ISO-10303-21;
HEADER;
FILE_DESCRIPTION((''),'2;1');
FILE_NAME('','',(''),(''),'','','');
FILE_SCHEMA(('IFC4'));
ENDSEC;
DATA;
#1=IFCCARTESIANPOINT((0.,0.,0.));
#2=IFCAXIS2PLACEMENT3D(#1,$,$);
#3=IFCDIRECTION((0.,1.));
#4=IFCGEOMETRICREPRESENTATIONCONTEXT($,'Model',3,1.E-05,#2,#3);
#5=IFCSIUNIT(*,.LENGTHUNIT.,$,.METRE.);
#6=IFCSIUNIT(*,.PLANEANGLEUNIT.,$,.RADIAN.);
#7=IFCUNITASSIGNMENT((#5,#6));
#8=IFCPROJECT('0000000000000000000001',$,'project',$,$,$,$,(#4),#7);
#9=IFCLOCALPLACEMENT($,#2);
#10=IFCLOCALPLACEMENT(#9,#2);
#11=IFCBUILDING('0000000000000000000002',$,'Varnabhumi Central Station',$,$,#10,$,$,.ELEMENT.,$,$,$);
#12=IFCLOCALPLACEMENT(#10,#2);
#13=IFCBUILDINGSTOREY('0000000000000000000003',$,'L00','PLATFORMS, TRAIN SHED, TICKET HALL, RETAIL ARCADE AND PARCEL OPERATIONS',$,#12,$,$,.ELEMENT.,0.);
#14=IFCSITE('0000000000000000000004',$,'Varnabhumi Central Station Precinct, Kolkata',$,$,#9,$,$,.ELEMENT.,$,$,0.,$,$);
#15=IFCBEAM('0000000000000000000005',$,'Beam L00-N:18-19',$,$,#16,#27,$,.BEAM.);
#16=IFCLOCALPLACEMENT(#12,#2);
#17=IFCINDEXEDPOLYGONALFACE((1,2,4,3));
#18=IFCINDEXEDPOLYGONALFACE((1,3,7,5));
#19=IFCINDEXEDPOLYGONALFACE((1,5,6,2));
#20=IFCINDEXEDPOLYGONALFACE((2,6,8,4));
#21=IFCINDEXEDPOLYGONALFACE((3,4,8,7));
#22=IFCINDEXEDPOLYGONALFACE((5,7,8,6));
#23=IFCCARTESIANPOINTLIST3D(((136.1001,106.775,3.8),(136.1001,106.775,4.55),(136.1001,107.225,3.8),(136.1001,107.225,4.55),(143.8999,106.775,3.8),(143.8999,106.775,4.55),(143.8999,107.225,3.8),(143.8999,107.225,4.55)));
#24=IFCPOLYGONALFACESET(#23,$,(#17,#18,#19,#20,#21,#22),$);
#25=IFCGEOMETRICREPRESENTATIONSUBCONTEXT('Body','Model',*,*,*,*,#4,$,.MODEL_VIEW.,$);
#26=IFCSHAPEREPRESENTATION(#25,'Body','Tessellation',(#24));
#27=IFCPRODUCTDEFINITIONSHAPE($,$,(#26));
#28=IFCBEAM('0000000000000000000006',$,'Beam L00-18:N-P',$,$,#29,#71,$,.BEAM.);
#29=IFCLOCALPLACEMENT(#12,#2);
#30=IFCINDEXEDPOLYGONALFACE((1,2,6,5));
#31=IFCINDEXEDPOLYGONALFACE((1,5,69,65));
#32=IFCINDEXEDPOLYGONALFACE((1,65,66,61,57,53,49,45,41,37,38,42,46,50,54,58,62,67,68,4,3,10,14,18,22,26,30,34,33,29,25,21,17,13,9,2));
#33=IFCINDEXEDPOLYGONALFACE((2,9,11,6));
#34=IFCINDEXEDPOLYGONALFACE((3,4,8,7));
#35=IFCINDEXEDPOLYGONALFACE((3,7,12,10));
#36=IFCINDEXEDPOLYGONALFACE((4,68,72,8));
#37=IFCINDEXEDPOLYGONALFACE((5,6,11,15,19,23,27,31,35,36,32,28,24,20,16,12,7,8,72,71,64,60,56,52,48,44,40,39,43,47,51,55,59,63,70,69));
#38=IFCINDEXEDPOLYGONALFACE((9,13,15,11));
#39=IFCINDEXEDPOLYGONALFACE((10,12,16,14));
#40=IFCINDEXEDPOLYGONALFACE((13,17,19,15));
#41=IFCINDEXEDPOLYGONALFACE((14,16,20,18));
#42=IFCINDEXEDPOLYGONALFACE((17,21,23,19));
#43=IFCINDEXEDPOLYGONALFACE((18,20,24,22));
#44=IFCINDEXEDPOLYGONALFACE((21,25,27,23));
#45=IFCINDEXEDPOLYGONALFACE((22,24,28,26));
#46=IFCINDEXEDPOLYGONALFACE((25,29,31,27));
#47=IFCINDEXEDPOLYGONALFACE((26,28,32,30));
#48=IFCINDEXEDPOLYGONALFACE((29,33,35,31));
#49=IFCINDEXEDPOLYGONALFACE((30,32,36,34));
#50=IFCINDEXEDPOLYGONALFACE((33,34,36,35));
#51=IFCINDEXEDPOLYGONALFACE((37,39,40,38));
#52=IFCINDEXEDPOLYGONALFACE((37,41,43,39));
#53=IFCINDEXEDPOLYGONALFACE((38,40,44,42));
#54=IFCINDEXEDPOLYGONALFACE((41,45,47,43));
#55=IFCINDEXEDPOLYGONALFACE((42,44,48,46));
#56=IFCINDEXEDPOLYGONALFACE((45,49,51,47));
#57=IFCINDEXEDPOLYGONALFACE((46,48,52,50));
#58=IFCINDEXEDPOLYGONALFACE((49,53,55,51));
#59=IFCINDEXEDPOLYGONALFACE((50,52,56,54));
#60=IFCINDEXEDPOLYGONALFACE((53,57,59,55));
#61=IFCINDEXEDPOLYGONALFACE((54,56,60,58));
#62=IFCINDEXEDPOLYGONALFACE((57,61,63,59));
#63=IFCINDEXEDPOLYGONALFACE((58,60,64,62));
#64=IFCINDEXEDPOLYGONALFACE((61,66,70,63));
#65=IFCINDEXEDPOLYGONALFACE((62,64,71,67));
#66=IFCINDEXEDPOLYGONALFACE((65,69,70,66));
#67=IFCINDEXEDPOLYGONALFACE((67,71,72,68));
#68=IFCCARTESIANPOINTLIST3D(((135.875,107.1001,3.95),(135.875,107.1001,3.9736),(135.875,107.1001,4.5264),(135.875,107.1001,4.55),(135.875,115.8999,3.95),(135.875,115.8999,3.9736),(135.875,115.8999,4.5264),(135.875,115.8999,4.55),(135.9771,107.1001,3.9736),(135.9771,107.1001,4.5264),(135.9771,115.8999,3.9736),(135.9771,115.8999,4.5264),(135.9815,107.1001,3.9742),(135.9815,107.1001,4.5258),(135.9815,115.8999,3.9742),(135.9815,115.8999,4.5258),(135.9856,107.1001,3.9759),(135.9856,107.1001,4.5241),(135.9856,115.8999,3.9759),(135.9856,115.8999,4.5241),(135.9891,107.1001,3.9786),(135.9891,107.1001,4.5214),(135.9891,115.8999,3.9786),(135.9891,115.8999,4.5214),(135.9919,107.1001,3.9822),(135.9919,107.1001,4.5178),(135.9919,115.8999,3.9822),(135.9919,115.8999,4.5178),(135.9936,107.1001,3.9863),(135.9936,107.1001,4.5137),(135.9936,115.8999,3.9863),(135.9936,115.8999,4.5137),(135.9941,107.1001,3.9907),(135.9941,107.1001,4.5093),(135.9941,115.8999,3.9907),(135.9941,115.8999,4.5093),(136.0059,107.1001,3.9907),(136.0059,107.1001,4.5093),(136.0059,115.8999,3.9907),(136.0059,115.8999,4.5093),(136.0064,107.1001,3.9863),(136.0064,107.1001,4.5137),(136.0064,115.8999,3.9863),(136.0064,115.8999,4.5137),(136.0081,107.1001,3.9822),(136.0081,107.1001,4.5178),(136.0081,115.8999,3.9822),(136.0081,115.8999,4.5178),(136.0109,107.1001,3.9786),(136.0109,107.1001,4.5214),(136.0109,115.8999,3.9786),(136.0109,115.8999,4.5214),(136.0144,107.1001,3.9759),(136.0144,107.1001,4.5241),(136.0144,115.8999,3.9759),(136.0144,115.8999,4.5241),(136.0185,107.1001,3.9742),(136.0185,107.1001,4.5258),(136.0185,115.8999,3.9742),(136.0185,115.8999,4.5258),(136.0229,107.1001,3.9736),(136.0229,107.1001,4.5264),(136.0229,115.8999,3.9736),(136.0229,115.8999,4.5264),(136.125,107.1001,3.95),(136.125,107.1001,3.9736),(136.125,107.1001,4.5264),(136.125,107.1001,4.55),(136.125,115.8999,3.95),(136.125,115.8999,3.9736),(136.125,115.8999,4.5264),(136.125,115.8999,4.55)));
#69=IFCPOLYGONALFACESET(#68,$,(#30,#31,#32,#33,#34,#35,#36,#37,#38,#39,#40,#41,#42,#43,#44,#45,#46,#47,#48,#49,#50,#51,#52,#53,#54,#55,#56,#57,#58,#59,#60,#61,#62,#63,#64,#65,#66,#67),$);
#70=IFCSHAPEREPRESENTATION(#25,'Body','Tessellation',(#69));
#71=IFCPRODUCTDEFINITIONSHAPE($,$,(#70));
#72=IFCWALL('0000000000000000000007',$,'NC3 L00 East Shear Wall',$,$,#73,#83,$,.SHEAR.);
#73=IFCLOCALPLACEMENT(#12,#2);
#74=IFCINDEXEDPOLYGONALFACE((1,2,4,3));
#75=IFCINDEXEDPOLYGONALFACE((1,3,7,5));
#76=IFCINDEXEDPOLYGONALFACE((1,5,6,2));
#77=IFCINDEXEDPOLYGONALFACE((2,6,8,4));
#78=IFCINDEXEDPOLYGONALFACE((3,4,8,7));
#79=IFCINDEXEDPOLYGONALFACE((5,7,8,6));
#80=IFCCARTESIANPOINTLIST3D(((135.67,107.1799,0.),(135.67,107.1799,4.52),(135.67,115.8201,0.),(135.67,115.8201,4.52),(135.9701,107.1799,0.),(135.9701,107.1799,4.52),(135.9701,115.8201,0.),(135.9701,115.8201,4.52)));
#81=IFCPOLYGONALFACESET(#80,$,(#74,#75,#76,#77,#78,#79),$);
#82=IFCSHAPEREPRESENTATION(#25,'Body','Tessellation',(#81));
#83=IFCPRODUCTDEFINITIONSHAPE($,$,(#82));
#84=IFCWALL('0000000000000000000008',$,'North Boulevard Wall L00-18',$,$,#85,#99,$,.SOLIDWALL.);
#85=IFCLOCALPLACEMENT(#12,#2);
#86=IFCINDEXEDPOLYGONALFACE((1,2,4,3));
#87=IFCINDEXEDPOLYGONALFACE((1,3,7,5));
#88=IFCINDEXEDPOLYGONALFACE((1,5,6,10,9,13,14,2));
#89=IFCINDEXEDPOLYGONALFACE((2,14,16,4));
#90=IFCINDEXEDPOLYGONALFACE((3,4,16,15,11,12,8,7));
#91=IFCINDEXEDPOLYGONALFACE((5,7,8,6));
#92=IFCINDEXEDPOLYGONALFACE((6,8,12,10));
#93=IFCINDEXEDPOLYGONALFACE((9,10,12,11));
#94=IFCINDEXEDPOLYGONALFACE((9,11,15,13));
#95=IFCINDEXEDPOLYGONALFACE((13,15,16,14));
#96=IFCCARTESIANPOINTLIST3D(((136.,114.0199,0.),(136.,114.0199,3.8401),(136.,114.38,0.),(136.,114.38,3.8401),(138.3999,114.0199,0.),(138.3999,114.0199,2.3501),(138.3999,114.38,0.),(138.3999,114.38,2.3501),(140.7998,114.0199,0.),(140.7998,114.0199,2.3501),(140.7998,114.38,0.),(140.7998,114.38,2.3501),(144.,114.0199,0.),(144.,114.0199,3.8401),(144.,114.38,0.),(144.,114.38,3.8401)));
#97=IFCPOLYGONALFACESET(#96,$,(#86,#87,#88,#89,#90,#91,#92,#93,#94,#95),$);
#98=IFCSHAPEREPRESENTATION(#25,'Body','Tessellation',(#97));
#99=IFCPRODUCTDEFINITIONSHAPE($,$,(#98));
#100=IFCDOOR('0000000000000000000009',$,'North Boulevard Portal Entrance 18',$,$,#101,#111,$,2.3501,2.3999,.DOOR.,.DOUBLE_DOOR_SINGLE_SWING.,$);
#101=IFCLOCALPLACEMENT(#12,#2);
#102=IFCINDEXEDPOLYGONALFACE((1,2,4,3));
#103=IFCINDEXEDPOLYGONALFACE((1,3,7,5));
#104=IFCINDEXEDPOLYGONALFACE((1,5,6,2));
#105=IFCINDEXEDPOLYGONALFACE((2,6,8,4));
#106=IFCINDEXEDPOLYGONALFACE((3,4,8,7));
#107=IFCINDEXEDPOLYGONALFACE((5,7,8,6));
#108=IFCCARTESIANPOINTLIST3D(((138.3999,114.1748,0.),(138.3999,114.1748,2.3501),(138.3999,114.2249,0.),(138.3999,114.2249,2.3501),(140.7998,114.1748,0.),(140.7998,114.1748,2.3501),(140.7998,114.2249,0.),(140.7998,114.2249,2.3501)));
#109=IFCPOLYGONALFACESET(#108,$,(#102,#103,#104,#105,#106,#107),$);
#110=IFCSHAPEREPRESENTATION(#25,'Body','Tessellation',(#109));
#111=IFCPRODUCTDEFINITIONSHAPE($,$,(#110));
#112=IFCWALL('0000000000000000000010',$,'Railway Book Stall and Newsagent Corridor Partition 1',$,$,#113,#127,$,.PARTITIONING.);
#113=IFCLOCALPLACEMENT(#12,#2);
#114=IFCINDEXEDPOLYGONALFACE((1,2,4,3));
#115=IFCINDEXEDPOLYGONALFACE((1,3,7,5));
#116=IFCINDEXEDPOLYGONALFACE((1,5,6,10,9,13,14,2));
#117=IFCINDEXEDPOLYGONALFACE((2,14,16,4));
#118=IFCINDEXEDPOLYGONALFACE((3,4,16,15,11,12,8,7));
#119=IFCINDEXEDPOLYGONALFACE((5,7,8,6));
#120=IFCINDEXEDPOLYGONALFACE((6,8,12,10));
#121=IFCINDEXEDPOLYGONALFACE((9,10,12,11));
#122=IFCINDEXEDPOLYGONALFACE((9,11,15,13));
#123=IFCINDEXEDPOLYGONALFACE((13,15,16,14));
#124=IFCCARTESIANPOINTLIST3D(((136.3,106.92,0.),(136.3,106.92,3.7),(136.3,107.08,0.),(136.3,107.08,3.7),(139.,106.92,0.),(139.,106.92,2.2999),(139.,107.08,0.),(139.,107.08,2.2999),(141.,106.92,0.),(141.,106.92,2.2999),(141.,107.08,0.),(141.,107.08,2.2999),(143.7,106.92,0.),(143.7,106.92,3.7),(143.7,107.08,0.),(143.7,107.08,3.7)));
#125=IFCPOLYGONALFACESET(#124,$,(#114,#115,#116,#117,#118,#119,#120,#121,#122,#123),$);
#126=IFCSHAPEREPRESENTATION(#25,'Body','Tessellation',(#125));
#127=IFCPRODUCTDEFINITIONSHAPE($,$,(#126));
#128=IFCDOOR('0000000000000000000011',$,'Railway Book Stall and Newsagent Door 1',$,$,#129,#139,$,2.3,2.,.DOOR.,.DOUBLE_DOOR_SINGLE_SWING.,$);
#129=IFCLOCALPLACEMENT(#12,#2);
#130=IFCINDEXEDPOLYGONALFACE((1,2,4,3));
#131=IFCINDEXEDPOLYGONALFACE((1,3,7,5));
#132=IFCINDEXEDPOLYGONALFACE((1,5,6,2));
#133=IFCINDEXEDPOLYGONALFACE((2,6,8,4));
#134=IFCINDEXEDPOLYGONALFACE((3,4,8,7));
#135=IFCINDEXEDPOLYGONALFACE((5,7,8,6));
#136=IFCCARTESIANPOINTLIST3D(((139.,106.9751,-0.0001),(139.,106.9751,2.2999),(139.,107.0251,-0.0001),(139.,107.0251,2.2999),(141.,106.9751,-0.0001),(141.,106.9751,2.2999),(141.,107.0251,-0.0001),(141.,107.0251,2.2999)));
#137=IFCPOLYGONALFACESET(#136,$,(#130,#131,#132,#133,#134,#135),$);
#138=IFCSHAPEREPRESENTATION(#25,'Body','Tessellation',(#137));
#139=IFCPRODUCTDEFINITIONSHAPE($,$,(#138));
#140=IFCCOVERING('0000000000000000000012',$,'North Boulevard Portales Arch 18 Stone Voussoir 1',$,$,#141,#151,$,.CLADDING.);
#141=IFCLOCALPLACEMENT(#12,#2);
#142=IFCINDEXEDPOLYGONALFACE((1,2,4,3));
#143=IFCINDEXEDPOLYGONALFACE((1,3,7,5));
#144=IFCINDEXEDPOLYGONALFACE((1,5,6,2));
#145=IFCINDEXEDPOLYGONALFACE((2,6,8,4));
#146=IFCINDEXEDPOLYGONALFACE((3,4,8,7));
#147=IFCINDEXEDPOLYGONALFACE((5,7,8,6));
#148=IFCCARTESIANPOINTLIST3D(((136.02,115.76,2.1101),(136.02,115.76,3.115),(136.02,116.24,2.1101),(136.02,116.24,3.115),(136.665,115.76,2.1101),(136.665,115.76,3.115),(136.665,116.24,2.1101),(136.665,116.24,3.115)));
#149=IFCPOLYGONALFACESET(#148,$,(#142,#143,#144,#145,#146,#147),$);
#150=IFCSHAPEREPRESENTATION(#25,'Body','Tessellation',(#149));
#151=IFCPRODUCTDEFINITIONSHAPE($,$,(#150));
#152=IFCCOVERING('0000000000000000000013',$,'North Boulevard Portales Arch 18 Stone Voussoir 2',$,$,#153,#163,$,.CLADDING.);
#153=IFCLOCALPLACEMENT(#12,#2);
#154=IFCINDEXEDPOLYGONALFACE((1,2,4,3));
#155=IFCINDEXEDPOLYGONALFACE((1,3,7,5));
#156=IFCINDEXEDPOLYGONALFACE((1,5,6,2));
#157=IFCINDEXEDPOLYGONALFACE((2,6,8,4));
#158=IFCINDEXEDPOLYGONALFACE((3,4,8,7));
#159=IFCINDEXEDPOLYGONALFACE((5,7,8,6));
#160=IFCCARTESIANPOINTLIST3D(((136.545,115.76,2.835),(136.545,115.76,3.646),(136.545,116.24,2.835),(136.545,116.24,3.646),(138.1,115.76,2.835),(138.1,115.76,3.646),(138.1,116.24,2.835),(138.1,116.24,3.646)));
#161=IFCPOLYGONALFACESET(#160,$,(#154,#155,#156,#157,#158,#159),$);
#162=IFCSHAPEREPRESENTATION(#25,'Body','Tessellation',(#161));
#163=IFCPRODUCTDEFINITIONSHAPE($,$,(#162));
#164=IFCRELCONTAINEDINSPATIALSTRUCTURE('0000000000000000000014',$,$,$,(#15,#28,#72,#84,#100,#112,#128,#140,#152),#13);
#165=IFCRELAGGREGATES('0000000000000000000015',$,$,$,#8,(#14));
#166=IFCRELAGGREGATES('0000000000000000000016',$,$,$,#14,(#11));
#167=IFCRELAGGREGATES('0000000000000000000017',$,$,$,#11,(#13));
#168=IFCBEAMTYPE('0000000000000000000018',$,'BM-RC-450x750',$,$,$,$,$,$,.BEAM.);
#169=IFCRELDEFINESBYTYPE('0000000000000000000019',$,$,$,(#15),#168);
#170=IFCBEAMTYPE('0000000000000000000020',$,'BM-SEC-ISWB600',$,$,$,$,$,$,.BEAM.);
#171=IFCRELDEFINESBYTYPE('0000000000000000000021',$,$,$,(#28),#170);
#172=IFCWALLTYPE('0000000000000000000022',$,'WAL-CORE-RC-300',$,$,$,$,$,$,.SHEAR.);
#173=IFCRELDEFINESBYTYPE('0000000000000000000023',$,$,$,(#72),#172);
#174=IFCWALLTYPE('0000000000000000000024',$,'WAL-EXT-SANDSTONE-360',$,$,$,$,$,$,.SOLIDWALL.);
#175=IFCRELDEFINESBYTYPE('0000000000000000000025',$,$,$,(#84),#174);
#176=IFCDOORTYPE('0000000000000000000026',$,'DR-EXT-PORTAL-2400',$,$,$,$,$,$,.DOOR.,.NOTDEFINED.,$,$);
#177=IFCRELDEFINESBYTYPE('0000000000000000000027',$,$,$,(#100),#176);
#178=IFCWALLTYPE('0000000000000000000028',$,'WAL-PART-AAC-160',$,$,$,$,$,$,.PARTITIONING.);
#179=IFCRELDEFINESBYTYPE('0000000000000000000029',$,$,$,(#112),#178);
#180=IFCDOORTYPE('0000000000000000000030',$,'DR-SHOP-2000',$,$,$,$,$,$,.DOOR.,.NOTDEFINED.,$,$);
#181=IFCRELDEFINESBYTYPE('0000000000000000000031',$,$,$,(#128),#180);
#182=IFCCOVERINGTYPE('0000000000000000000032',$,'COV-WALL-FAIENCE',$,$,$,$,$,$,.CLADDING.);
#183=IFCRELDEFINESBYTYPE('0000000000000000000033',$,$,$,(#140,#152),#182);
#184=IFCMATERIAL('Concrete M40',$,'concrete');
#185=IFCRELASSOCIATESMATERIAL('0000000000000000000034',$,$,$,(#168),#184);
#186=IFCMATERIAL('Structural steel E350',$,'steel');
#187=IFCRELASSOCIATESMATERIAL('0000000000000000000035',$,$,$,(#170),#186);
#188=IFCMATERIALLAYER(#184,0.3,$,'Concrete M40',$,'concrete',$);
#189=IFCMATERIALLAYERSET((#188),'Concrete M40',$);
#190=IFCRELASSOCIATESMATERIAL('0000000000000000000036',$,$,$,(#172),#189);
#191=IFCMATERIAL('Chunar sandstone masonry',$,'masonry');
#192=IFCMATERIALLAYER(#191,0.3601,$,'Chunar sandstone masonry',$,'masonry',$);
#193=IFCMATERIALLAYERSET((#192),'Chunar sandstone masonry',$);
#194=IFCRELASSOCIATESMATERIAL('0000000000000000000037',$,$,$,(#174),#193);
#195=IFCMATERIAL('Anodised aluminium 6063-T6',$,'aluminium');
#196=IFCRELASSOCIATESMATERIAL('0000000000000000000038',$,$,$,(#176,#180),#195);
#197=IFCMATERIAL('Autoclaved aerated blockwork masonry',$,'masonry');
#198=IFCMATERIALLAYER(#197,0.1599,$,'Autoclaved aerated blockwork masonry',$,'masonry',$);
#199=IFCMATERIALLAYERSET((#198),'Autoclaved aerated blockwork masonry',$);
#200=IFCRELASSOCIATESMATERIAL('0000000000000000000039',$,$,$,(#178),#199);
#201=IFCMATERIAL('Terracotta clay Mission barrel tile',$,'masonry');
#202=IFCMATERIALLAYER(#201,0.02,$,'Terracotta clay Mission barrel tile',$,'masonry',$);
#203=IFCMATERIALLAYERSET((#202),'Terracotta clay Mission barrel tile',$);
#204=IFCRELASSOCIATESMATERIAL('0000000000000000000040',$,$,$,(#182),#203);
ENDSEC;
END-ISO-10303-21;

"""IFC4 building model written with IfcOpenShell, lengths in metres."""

from ifc_helpers import new_model, si_unit, direction, frame, frame_2d, origin, origin_2d, place, context, subcontext, project, spatial, rectangle, i_section, extrude, material, layer, layer_set, material_profile, profile_set, type_object, element, fill, save


model = new_model("IFC4")

# Units and contexts
model_context = context("Model", 3, precision=1e-05, world=origin(), true_north=direction((0.0, 1.0)))
body_context = subcontext(model_context, "Body", "Model", "MODEL_VIEW")
ifc_project = project(units=[si_unit("LENGTHUNIT", "METRE"), si_unit("PLANEANGLEUNIT", "RADIAN")], contexts=[model_context])

# Site, building, storey
site_placement = place(None, origin())
site = spatial("IfcSite", under=ifc_project, at=site_placement, Name="Varnabhumi Central Station Precinct, Kolkata", CompositionType="ELEMENT", RefElevation=0.0)
building_placement = place(site_placement, origin())
building = spatial("IfcBuilding", under=site, at=building_placement, Name="Varnabhumi Central Station", CompositionType="ELEMENT")
storey_placement = place(building_placement, origin())
storey = spatial("IfcBuildingStorey", under=building, at=storey_placement, Name="L00", Description="PLATFORMS, TRAIN SHED, TICKET HALL, RETAIL ARCADE AND PARCEL OPERATIONS", CompositionType="ELEMENT", Elevation=0.0)

# Shared definitions
ifc_material_1 = material(Name="Concrete M40", Category="concrete")

# Beams
ifc_material_profile_1 = material_profile(ifc_material_1, rectangle(XDim=0.45, YDim=0.75, at=origin_2d()), Name="Concrete M40", Category="concrete")
ifc_profile_set_1 = profile_set([ifc_material_profile_1], Name="Concrete M40")
beam_type_1 = type_object("IfcBeamType", Name="BM-RC-450x750", PredefinedType="BEAM", material=ifc_profile_set_1)
beam_1_placement = place(storey_placement, frame((136.1001, 107.0, 4.175), z_axis=(1.0, 0.0, 0.0), x_axis=(0.0, 1.0, 0.0)))
element("IfcBeam", 1, at=beam_1_placement, inside=storey, type_object=beam_type_1, Name="Beam L00-N:18-19", PredefinedType="BEAM", context=body_context, shape_type="SweptSolid", body=[
    extrude(rectangle(XDim=0.45, YDim=0.75, at=origin_2d()), origin(), (0.0, 0.0, 1.0), 7.7998),
])
ifc_material_2 = material(Name="Structural steel E350", Category="steel")
ifc_material_profile_2 = material_profile(ifc_material_2, i_section(OverallWidth=0.25, OverallDepth=0.6001, WebThickness=0.0117, FlangeThickness=0.0237, FilletRadius=0.0171, at=origin_2d()), Name="Structural steel E350", Category="steel")
ifc_profile_set_2 = profile_set([ifc_material_profile_2], Name="Structural steel E350")
beam_type_2 = type_object("IfcBeamType", Name="BM-SEC-ISWB600", PredefinedType="BEAM", material=ifc_profile_set_2)
beam_2_placement = place(storey_placement, frame((136.0, 107.1001, 4.25), z_axis=(0.0, 1.0, 0.0), x_axis=(-1.0, 0.0, 0.0)))
element("IfcBeam", 2, at=beam_2_placement, inside=storey, type_object=beam_type_2, Name="Beam L00-18:N-P", PredefinedType="BEAM", context=body_context, shape_type="SweptSolid", body=[
    extrude(i_section(OverallWidth=0.25, OverallDepth=0.6001, WebThickness=0.0117, FlangeThickness=0.0237, FilletRadius=0.0171, at=origin_2d()), origin(), (0.0, 0.0, 1.0), 8.7998),
])

# Wall
ifc_layer_1 = layer(ifc_material_1, 0.3, Name="Concrete M40", Category="concrete")
ifc_layer_set_1 = layer_set([ifc_layer_1], Name="Concrete M40")
wall_type_1 = type_object("IfcWallType", Name="WAL-CORE-RC-300", PredefinedType="SHEAR", material=ifc_layer_set_1)
wall_1_placement = place(storey_placement, frame((135.8201, 107.1799, 0.0), z_axis=(0.0, 0.0, 1.0), x_axis=(0.0, 1.0, 0.0)))
element("IfcWall", 3, at=wall_1_placement, inside=storey, type_object=wall_type_1, Name="NC3 L00 East Shear Wall", PredefinedType="SHEAR", context=body_context, shape_type="SweptSolid", body=[
    extrude(rectangle(XDim=8.6401, YDim=0.3, at=frame_2d((4.3201, 0.0))), origin(), (0.0, 0.0, 1.0), 4.52),
])

# Walls, openings, doors
ifc_material_3 = material(Name="Chunar sandstone masonry", Category="masonry")
ifc_layer_2 = layer(ifc_material_3, 0.3601, Name="Chunar sandstone masonry", Category="masonry")
ifc_layer_set_2 = layer_set([ifc_layer_2], Name="Chunar sandstone masonry")
wall_type_2 = type_object("IfcWallType", Name="WAL-EXT-SANDSTONE-360", PredefinedType="SOLIDWALL", material=ifc_layer_set_2)
wall_2_placement = place(storey_placement, frame((136.0, 114.2, 0.0), z_axis=(0.0, 0.0, 1.0), x_axis=(1.0, 0.0, 0.0)))
wall_2 = element("IfcWall", 4, at=wall_2_placement, inside=storey, type_object=wall_type_2, Name="North Boulevard Wall L00-18", PredefinedType="SOLIDWALL", context=body_context, shape_type="SweptSolid", body=[
    extrude(rectangle(XDim=8.0, YDim=0.3601, at=frame_2d((4.0, 0.0))), origin(), (0.0, 0.0, 1.0), 3.8401),
])
opening_1_placement = place(wall_2_placement, frame((2.3999, 0.0, 0.0)))
opening_1 = element("IfcOpeningElement", 5, at=opening_1_placement, cuts=wall_2, PredefinedType="OPENING", context=body_context, shape_type="SweptSolid", body=[
    extrude(rectangle(XDim=2.3999, YDim=2.3501, at=frame_2d((1.2, 1.175))), frame((0.0, 0.1899, 0.0), z_axis=(0.0, -1.0, 0.0), x_axis=(1.0, 0.0, 0.0)), (0.0, 0.0, 1.0), 0.3801),
])
ifc_material_4 = material(Name="Anodised aluminium 6063-T6", Category="aluminium")
door_type_1 = type_object("IfcDoorType", Name="DR-EXT-PORTAL-2400", OperationType="NOTDEFINED", PredefinedType="DOOR", material=ifc_material_4)
door_1_placement = place(opening_1_placement, origin())
door_1 = element("IfcDoor", 6, at=door_1_placement, inside=storey, type_object=door_type_1, Name="North Boulevard Portal Entrance 18", OperationType="DOUBLE_DOOR_SINGLE_SWING", OverallHeight=2.3501, OverallWidth=2.3999, PredefinedType="DOOR", context=body_context, shape_type="SweptSolid", body=[
    extrude(rectangle(XDim=2.3999, YDim=2.3501, at=frame_2d((1.2, 1.175))), frame((0.0, 0.0249, 0.0), z_axis=(0.0, -1.0, 0.0), x_axis=(1.0, 0.0, 0.0)), (0.0, 0.0, 1.0), 0.05),
])
fill(opening_1, door_1)
ifc_material_5 = material(Name="Autoclaved aerated blockwork masonry", Category="masonry")
ifc_layer_3 = layer(ifc_material_5, 0.1599, Name="Autoclaved aerated blockwork masonry", Category="masonry")
ifc_layer_set_3 = layer_set([ifc_layer_3], Name="Autoclaved aerated blockwork masonry")
wall_type_3 = type_object("IfcWallType", Name="WAL-PART-AAC-160", PredefinedType="PARTITIONING", material=ifc_layer_set_3)
wall_3_placement = place(storey_placement, frame((136.3, 107.0, 0.0), z_axis=(0.0, 0.0, 1.0), x_axis=(1.0, 0.0, 0.0)))
wall_3 = element("IfcWall", 7, at=wall_3_placement, inside=storey, type_object=wall_type_3, Name="Railway Book Stall and Newsagent Corridor Partition 1", PredefinedType="PARTITIONING", context=body_context, shape_type="SweptSolid", body=[
    extrude(rectangle(XDim=7.3999, YDim=0.1599, at=frame_2d((3.7, 0.0))), origin(), (0.0, 0.0, 1.0), 3.7),
])
opening_2_placement = place(wall_3_placement, frame((2.7, 0.0, 0.0)))
opening_2 = element("IfcOpeningElement", 8, at=opening_2_placement, cuts=wall_3, PredefinedType="OPENING", context=body_context, shape_type="SweptSolid", body=[
    extrude(rectangle(XDim=2.0, YDim=2.3, at=frame_2d((1.0, 1.1499))), frame((0.0, 0.0898, 0.0), z_axis=(0.0, -1.0, 0.0), x_axis=(1.0, 0.0, 0.0)), (0.0, 0.0, 1.0), 0.1799),
])
door_type_2 = type_object("IfcDoorType", Name="DR-SHOP-2000", OperationType="NOTDEFINED", PredefinedType="DOOR", material=ifc_material_4)
door_2_placement = place(opening_2_placement, frame((2.0, 0.0, 0.0), z_axis=(0.0, 0.0, 1.0), x_axis=(-1.0, 0.0, 0.0)))
door_2 = element("IfcDoor", 9, at=door_2_placement, inside=storey, type_object=door_type_2, Name="Railway Book Stall and Newsagent Door 1", OperationType="DOUBLE_DOOR_SINGLE_SWING", OverallHeight=2.3, OverallWidth=2.0, PredefinedType="DOOR", context=body_context, shape_type="SweptSolid", body=[
    extrude(rectangle(XDim=2.0, YDim=2.3, at=frame_2d((1.0, 1.1499))), frame((0.0, 0.0249, 0.0), z_axis=(0.0, -1.0, 0.0), x_axis=(1.0, 0.0, 0.0)), (0.0, 0.0, 1.0), 0.05),
])
fill(opening_2, door_2)

# Coverings
ifc_material_6 = material(Name="Terracotta clay Mission barrel tile", Category="masonry")
ifc_layer_4 = layer(ifc_material_6, 0.02, Name="Terracotta clay Mission barrel tile", Category="masonry")
ifc_layer_set_4 = layer_set([ifc_layer_4], Name="Terracotta clay Mission barrel tile")
covering_type = type_object("IfcCoveringType", Name="COV-WALL-FAIENCE", PredefinedType="CLADDING", material=ifc_layer_set_4)
covering_1_placement = place(storey_placement, frame((136.3425, 116.0, 2.1101), z_axis=(0.0, 0.0, 1.0), x_axis=(1.0, 0.0, 0.0)))
element("IfcCovering", 10, at=covering_1_placement, inside=storey, type_object=covering_type, Name="North Boulevard Portales Arch 18 Stone Voussoir 1", PredefinedType="CLADDING", context=body_context, shape_type="SweptSolid", body=[
    extrude(rectangle(XDim=0.645, YDim=0.48, at=origin_2d()), origin(), (0.0, 0.0, 1.0), 1.0049),
])
covering_2_placement = place(storey_placement, frame((137.3225, 116.0, 2.835), z_axis=(0.0, 0.0, 1.0), x_axis=(1.0, 0.0, 0.0)))
element("IfcCovering", 11, at=covering_2_placement, inside=storey, type_object=covering_type, Name="North Boulevard Portales Arch 18 Stone Voussoir 2", PredefinedType="CLADDING", context=body_context, shape_type="SweptSolid", body=[
    extrude(rectangle(XDim=1.5549, YDim=0.48, at=origin_2d()), origin(), (0.0, 0.0, 1.0), 0.811),
])

save(model, "model.ifc")
